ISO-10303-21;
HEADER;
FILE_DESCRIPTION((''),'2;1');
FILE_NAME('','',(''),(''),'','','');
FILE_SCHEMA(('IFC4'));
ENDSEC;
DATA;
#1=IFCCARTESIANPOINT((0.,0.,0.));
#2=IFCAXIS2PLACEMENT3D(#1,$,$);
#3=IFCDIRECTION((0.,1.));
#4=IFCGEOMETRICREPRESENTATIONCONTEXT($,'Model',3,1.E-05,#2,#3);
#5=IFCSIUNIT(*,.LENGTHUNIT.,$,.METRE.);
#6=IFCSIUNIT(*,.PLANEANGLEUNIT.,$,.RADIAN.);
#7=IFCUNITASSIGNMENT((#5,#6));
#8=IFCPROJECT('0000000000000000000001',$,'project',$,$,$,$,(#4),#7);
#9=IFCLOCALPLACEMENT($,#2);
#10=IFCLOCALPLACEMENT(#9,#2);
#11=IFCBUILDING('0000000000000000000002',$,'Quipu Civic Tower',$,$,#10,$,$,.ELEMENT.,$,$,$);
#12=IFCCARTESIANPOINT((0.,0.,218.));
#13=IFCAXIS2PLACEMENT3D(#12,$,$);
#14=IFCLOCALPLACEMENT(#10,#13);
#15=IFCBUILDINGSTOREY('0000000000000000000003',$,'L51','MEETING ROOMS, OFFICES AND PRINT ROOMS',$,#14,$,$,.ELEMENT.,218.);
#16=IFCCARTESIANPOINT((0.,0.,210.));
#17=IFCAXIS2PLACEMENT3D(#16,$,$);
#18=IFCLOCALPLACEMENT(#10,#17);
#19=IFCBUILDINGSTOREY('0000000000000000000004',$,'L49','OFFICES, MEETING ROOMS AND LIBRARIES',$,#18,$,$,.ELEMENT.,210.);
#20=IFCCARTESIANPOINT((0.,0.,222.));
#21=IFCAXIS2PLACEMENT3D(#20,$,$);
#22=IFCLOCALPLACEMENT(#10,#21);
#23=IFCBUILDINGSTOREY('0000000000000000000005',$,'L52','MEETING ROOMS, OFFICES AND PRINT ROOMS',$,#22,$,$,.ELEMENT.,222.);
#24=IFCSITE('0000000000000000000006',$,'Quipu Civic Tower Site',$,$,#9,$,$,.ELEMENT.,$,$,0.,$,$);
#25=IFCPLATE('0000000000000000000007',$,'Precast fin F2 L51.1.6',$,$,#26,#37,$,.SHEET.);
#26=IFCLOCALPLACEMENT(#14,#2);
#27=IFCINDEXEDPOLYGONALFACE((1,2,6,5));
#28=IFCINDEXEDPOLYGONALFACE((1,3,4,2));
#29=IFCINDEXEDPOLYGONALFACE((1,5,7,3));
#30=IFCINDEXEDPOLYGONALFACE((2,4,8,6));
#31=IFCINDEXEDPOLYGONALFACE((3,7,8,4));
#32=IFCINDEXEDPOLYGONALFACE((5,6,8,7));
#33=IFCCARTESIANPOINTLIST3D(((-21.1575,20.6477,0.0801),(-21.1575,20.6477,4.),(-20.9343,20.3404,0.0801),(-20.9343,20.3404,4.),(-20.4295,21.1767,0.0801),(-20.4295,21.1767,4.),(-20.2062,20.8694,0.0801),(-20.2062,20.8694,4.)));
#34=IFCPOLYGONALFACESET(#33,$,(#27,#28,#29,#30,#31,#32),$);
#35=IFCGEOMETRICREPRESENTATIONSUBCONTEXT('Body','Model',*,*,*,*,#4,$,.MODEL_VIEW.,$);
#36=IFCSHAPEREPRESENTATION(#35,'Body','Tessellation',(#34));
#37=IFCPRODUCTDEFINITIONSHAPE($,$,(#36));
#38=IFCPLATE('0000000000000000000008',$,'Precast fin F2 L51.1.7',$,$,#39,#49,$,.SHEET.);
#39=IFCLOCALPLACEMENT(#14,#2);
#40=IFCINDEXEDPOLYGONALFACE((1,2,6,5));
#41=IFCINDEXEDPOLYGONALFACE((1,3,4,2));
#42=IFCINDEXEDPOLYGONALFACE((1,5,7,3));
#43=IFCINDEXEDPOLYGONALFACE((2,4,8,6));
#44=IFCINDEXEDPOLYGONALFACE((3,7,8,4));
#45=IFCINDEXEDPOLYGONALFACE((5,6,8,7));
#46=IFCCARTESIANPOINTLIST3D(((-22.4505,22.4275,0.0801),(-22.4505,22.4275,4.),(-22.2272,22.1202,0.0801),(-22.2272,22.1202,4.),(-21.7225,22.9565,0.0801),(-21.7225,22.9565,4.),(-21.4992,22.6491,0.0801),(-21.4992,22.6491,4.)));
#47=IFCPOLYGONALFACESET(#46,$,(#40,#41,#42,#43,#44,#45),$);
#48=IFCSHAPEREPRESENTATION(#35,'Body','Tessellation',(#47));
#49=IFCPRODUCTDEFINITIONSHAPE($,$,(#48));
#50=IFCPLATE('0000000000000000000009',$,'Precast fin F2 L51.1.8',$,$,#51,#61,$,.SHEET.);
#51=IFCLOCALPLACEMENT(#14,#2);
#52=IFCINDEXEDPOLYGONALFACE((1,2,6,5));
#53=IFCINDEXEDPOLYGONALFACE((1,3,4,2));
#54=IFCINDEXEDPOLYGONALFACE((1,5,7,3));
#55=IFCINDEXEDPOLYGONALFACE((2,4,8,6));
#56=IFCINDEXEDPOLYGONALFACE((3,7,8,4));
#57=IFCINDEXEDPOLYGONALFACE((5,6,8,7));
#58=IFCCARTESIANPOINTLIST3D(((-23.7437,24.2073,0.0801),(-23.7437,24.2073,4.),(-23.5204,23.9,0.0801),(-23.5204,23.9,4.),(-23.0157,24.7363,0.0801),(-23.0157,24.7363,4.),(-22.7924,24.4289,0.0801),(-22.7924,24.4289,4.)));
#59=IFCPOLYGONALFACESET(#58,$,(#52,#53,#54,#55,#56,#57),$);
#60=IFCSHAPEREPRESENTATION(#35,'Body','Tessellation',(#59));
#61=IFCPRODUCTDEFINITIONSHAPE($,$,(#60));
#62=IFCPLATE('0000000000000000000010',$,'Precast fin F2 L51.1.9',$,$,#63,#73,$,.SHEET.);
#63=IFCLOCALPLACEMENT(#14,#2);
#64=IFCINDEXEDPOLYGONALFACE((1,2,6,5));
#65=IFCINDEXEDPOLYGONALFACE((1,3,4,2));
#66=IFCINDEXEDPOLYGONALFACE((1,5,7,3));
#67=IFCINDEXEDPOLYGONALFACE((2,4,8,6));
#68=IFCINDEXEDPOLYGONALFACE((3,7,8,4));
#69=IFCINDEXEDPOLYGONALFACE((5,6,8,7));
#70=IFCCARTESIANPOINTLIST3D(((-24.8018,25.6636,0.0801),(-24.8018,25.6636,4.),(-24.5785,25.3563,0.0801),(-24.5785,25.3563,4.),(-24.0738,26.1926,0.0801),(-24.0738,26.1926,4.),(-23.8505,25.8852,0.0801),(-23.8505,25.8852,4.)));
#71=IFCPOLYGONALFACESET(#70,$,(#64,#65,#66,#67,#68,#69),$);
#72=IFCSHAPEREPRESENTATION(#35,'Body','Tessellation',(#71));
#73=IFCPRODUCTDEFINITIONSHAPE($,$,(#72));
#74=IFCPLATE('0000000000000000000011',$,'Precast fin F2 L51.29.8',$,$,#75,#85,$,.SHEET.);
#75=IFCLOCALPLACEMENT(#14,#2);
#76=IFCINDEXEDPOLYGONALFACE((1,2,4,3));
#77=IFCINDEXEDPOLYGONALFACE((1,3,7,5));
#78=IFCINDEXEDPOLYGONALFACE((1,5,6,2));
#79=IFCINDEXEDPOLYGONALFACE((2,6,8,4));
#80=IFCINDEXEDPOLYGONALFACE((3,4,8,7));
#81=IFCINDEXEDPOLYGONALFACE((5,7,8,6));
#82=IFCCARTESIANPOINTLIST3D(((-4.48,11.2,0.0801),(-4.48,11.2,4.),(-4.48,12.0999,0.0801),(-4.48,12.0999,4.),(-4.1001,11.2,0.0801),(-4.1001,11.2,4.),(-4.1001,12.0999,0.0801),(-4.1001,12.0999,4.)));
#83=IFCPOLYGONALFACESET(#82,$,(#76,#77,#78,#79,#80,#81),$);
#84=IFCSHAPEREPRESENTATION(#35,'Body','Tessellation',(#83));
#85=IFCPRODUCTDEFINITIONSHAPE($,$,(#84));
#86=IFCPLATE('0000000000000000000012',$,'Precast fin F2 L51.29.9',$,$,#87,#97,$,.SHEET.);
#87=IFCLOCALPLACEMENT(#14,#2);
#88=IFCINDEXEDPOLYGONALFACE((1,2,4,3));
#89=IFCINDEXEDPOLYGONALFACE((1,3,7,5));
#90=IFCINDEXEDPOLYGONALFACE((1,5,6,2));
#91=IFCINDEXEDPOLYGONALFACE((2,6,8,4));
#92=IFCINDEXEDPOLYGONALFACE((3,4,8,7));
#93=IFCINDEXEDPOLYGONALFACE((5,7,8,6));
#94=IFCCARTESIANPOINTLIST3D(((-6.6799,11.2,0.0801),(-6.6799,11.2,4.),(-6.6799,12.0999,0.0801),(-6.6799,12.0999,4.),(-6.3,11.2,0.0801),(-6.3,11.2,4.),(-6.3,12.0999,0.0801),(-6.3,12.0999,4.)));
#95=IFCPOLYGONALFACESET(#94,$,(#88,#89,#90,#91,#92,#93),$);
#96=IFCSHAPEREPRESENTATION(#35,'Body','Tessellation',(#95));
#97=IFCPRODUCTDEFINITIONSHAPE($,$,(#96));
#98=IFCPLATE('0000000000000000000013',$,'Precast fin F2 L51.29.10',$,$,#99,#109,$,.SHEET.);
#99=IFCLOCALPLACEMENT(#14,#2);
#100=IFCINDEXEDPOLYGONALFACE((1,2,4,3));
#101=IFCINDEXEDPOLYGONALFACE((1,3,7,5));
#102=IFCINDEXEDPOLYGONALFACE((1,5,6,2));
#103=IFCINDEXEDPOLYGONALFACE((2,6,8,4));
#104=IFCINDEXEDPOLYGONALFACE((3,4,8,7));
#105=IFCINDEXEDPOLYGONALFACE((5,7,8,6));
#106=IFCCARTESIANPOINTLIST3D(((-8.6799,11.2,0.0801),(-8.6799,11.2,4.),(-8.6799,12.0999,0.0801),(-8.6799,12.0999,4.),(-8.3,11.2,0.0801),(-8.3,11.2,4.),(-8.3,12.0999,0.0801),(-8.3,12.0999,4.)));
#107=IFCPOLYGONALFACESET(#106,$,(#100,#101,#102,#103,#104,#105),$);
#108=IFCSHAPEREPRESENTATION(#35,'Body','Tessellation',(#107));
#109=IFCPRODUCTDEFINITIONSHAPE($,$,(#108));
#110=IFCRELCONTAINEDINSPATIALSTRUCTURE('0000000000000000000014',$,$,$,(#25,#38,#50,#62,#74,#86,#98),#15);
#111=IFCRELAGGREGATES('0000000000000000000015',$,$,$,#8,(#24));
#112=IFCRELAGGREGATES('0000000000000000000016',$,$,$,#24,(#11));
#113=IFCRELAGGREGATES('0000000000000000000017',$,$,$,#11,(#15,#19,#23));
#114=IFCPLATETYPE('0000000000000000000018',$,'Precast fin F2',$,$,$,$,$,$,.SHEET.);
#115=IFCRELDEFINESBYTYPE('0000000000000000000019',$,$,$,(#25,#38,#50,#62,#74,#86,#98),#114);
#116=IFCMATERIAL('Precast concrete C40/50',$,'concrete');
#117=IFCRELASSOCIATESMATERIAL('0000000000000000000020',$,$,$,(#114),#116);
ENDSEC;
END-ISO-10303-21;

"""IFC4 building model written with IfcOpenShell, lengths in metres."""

from ifc_helpers import new_model, si_unit, direction, frame, origin, origin_2d, place, context, subcontext, project, spatial, rectangle, extrude, material, type_object, element, save


model = new_model("IFC4")

# Units and contexts
model_context = context("Model", 3, precision=1e-05, world=origin(), true_north=direction((0.0, 1.0)))
body_context = subcontext(model_context, "Body", "Model", "MODEL_VIEW")
ifc_project = project(units=[si_unit("LENGTHUNIT", "METRE"), si_unit("PLANEANGLEUNIT", "RADIAN")], contexts=[model_context])

# Site, building, storey
site_placement = place(None, origin())
site = spatial("IfcSite", under=ifc_project, at=site_placement, Name="Quipu Civic Tower Site", CompositionType="ELEMENT", RefElevation=0.0)
building_placement = place(site_placement, origin())
building = spatial("IfcBuilding", under=site, at=building_placement, Name="Quipu Civic Tower", CompositionType="ELEMENT")
storey_1_placement = place(building_placement, frame((0.0, 0.0, 218.0)))
storey_1 = spatial("IfcBuildingStorey", under=building, at=storey_1_placement, Name="L51", Description="MEETING ROOMS, OFFICES AND PRINT ROOMS", CompositionType="ELEMENT", Elevation=218.0)

# Shared definitions
storey_2_placement = place(building_placement, frame((0.0, 0.0, 210.0)))
storey_2 = spatial("IfcBuildingStorey", under=building, at=storey_2_placement, Name="L49", Description="OFFICES, MEETING ROOMS AND LIBRARIES", CompositionType="ELEMENT", Elevation=210.0)

# Shared definitions
storey_3_placement = place(building_placement, frame((0.0, 0.0, 222.0)))
storey_3 = spatial("IfcBuildingStorey", under=building, at=storey_3_placement, Name="L52", Description="MEETING ROOMS, OFFICES AND PRINT ROOMS", CompositionType="ELEMENT", Elevation=222.0)

# Plates
ifc_material_1 = material(Name="Precast concrete C40/50", Category="concrete")
plate_type_1 = type_object("IfcPlateType", Name="Precast fin F2", PredefinedType="SHEET", material=ifc_material_1)
for number, where, z_axis, x_axis, name in (
    (1, (-20.6819, 20.7585, 0.0801), (0.0, 0.0, 1.0), (-0.587787, 0.809016, 0.0), "Precast fin F2 L51.1.6"),
    (2, (-21.9749, 22.5383, 0.0801), (0.0, 0.0, 1.0), (-0.587787, 0.809016, 0.0), "Precast fin F2 L51.1.7"),
    (3, (-23.2681, 24.3181, 0.0801), (0.0, 0.0, 1.0), (-0.587787, 0.809016, 0.0), "Precast fin F2 L51.1.8"),
    (4, (-24.3262, 25.7744, 0.0801), (0.0, 0.0, 1.0), (-0.587787, 0.809016, 0.0), "Precast fin F2 L51.1.9"),
    (5, (-4.29, 11.6499, 0.0801), (0.0, 0.0, 1.0), (-1.0, 0.0, 0.0), "Precast fin F2 L51.29.8"),
    (6, (-6.49, 11.6499, 0.0801), (0.0, 0.0, 1.0), (-1.0, 0.0, 0.0), "Precast fin F2 L51.29.9"),
    (7, (-8.49, 11.6499, 0.0801), (0.0, 0.0, 1.0), (-1.0, 0.0, 0.0), "Precast fin F2 L51.29.10"),
):
    element("IfcPlate", number, at=place(storey_1_placement, frame(where, z_axis=z_axis, x_axis=x_axis)), inside=storey_1, type_object=plate_type_1, Name=name, PredefinedType="SHEET", context=body_context, shape_type="SweptSolid", body=[
        extrude(rectangle(XDim=0.3799, YDim=0.8999, at=origin_2d()), origin(), (0.0, 0.0, 1.0), 3.9199),
    ])

save(model, "model.ifc")
